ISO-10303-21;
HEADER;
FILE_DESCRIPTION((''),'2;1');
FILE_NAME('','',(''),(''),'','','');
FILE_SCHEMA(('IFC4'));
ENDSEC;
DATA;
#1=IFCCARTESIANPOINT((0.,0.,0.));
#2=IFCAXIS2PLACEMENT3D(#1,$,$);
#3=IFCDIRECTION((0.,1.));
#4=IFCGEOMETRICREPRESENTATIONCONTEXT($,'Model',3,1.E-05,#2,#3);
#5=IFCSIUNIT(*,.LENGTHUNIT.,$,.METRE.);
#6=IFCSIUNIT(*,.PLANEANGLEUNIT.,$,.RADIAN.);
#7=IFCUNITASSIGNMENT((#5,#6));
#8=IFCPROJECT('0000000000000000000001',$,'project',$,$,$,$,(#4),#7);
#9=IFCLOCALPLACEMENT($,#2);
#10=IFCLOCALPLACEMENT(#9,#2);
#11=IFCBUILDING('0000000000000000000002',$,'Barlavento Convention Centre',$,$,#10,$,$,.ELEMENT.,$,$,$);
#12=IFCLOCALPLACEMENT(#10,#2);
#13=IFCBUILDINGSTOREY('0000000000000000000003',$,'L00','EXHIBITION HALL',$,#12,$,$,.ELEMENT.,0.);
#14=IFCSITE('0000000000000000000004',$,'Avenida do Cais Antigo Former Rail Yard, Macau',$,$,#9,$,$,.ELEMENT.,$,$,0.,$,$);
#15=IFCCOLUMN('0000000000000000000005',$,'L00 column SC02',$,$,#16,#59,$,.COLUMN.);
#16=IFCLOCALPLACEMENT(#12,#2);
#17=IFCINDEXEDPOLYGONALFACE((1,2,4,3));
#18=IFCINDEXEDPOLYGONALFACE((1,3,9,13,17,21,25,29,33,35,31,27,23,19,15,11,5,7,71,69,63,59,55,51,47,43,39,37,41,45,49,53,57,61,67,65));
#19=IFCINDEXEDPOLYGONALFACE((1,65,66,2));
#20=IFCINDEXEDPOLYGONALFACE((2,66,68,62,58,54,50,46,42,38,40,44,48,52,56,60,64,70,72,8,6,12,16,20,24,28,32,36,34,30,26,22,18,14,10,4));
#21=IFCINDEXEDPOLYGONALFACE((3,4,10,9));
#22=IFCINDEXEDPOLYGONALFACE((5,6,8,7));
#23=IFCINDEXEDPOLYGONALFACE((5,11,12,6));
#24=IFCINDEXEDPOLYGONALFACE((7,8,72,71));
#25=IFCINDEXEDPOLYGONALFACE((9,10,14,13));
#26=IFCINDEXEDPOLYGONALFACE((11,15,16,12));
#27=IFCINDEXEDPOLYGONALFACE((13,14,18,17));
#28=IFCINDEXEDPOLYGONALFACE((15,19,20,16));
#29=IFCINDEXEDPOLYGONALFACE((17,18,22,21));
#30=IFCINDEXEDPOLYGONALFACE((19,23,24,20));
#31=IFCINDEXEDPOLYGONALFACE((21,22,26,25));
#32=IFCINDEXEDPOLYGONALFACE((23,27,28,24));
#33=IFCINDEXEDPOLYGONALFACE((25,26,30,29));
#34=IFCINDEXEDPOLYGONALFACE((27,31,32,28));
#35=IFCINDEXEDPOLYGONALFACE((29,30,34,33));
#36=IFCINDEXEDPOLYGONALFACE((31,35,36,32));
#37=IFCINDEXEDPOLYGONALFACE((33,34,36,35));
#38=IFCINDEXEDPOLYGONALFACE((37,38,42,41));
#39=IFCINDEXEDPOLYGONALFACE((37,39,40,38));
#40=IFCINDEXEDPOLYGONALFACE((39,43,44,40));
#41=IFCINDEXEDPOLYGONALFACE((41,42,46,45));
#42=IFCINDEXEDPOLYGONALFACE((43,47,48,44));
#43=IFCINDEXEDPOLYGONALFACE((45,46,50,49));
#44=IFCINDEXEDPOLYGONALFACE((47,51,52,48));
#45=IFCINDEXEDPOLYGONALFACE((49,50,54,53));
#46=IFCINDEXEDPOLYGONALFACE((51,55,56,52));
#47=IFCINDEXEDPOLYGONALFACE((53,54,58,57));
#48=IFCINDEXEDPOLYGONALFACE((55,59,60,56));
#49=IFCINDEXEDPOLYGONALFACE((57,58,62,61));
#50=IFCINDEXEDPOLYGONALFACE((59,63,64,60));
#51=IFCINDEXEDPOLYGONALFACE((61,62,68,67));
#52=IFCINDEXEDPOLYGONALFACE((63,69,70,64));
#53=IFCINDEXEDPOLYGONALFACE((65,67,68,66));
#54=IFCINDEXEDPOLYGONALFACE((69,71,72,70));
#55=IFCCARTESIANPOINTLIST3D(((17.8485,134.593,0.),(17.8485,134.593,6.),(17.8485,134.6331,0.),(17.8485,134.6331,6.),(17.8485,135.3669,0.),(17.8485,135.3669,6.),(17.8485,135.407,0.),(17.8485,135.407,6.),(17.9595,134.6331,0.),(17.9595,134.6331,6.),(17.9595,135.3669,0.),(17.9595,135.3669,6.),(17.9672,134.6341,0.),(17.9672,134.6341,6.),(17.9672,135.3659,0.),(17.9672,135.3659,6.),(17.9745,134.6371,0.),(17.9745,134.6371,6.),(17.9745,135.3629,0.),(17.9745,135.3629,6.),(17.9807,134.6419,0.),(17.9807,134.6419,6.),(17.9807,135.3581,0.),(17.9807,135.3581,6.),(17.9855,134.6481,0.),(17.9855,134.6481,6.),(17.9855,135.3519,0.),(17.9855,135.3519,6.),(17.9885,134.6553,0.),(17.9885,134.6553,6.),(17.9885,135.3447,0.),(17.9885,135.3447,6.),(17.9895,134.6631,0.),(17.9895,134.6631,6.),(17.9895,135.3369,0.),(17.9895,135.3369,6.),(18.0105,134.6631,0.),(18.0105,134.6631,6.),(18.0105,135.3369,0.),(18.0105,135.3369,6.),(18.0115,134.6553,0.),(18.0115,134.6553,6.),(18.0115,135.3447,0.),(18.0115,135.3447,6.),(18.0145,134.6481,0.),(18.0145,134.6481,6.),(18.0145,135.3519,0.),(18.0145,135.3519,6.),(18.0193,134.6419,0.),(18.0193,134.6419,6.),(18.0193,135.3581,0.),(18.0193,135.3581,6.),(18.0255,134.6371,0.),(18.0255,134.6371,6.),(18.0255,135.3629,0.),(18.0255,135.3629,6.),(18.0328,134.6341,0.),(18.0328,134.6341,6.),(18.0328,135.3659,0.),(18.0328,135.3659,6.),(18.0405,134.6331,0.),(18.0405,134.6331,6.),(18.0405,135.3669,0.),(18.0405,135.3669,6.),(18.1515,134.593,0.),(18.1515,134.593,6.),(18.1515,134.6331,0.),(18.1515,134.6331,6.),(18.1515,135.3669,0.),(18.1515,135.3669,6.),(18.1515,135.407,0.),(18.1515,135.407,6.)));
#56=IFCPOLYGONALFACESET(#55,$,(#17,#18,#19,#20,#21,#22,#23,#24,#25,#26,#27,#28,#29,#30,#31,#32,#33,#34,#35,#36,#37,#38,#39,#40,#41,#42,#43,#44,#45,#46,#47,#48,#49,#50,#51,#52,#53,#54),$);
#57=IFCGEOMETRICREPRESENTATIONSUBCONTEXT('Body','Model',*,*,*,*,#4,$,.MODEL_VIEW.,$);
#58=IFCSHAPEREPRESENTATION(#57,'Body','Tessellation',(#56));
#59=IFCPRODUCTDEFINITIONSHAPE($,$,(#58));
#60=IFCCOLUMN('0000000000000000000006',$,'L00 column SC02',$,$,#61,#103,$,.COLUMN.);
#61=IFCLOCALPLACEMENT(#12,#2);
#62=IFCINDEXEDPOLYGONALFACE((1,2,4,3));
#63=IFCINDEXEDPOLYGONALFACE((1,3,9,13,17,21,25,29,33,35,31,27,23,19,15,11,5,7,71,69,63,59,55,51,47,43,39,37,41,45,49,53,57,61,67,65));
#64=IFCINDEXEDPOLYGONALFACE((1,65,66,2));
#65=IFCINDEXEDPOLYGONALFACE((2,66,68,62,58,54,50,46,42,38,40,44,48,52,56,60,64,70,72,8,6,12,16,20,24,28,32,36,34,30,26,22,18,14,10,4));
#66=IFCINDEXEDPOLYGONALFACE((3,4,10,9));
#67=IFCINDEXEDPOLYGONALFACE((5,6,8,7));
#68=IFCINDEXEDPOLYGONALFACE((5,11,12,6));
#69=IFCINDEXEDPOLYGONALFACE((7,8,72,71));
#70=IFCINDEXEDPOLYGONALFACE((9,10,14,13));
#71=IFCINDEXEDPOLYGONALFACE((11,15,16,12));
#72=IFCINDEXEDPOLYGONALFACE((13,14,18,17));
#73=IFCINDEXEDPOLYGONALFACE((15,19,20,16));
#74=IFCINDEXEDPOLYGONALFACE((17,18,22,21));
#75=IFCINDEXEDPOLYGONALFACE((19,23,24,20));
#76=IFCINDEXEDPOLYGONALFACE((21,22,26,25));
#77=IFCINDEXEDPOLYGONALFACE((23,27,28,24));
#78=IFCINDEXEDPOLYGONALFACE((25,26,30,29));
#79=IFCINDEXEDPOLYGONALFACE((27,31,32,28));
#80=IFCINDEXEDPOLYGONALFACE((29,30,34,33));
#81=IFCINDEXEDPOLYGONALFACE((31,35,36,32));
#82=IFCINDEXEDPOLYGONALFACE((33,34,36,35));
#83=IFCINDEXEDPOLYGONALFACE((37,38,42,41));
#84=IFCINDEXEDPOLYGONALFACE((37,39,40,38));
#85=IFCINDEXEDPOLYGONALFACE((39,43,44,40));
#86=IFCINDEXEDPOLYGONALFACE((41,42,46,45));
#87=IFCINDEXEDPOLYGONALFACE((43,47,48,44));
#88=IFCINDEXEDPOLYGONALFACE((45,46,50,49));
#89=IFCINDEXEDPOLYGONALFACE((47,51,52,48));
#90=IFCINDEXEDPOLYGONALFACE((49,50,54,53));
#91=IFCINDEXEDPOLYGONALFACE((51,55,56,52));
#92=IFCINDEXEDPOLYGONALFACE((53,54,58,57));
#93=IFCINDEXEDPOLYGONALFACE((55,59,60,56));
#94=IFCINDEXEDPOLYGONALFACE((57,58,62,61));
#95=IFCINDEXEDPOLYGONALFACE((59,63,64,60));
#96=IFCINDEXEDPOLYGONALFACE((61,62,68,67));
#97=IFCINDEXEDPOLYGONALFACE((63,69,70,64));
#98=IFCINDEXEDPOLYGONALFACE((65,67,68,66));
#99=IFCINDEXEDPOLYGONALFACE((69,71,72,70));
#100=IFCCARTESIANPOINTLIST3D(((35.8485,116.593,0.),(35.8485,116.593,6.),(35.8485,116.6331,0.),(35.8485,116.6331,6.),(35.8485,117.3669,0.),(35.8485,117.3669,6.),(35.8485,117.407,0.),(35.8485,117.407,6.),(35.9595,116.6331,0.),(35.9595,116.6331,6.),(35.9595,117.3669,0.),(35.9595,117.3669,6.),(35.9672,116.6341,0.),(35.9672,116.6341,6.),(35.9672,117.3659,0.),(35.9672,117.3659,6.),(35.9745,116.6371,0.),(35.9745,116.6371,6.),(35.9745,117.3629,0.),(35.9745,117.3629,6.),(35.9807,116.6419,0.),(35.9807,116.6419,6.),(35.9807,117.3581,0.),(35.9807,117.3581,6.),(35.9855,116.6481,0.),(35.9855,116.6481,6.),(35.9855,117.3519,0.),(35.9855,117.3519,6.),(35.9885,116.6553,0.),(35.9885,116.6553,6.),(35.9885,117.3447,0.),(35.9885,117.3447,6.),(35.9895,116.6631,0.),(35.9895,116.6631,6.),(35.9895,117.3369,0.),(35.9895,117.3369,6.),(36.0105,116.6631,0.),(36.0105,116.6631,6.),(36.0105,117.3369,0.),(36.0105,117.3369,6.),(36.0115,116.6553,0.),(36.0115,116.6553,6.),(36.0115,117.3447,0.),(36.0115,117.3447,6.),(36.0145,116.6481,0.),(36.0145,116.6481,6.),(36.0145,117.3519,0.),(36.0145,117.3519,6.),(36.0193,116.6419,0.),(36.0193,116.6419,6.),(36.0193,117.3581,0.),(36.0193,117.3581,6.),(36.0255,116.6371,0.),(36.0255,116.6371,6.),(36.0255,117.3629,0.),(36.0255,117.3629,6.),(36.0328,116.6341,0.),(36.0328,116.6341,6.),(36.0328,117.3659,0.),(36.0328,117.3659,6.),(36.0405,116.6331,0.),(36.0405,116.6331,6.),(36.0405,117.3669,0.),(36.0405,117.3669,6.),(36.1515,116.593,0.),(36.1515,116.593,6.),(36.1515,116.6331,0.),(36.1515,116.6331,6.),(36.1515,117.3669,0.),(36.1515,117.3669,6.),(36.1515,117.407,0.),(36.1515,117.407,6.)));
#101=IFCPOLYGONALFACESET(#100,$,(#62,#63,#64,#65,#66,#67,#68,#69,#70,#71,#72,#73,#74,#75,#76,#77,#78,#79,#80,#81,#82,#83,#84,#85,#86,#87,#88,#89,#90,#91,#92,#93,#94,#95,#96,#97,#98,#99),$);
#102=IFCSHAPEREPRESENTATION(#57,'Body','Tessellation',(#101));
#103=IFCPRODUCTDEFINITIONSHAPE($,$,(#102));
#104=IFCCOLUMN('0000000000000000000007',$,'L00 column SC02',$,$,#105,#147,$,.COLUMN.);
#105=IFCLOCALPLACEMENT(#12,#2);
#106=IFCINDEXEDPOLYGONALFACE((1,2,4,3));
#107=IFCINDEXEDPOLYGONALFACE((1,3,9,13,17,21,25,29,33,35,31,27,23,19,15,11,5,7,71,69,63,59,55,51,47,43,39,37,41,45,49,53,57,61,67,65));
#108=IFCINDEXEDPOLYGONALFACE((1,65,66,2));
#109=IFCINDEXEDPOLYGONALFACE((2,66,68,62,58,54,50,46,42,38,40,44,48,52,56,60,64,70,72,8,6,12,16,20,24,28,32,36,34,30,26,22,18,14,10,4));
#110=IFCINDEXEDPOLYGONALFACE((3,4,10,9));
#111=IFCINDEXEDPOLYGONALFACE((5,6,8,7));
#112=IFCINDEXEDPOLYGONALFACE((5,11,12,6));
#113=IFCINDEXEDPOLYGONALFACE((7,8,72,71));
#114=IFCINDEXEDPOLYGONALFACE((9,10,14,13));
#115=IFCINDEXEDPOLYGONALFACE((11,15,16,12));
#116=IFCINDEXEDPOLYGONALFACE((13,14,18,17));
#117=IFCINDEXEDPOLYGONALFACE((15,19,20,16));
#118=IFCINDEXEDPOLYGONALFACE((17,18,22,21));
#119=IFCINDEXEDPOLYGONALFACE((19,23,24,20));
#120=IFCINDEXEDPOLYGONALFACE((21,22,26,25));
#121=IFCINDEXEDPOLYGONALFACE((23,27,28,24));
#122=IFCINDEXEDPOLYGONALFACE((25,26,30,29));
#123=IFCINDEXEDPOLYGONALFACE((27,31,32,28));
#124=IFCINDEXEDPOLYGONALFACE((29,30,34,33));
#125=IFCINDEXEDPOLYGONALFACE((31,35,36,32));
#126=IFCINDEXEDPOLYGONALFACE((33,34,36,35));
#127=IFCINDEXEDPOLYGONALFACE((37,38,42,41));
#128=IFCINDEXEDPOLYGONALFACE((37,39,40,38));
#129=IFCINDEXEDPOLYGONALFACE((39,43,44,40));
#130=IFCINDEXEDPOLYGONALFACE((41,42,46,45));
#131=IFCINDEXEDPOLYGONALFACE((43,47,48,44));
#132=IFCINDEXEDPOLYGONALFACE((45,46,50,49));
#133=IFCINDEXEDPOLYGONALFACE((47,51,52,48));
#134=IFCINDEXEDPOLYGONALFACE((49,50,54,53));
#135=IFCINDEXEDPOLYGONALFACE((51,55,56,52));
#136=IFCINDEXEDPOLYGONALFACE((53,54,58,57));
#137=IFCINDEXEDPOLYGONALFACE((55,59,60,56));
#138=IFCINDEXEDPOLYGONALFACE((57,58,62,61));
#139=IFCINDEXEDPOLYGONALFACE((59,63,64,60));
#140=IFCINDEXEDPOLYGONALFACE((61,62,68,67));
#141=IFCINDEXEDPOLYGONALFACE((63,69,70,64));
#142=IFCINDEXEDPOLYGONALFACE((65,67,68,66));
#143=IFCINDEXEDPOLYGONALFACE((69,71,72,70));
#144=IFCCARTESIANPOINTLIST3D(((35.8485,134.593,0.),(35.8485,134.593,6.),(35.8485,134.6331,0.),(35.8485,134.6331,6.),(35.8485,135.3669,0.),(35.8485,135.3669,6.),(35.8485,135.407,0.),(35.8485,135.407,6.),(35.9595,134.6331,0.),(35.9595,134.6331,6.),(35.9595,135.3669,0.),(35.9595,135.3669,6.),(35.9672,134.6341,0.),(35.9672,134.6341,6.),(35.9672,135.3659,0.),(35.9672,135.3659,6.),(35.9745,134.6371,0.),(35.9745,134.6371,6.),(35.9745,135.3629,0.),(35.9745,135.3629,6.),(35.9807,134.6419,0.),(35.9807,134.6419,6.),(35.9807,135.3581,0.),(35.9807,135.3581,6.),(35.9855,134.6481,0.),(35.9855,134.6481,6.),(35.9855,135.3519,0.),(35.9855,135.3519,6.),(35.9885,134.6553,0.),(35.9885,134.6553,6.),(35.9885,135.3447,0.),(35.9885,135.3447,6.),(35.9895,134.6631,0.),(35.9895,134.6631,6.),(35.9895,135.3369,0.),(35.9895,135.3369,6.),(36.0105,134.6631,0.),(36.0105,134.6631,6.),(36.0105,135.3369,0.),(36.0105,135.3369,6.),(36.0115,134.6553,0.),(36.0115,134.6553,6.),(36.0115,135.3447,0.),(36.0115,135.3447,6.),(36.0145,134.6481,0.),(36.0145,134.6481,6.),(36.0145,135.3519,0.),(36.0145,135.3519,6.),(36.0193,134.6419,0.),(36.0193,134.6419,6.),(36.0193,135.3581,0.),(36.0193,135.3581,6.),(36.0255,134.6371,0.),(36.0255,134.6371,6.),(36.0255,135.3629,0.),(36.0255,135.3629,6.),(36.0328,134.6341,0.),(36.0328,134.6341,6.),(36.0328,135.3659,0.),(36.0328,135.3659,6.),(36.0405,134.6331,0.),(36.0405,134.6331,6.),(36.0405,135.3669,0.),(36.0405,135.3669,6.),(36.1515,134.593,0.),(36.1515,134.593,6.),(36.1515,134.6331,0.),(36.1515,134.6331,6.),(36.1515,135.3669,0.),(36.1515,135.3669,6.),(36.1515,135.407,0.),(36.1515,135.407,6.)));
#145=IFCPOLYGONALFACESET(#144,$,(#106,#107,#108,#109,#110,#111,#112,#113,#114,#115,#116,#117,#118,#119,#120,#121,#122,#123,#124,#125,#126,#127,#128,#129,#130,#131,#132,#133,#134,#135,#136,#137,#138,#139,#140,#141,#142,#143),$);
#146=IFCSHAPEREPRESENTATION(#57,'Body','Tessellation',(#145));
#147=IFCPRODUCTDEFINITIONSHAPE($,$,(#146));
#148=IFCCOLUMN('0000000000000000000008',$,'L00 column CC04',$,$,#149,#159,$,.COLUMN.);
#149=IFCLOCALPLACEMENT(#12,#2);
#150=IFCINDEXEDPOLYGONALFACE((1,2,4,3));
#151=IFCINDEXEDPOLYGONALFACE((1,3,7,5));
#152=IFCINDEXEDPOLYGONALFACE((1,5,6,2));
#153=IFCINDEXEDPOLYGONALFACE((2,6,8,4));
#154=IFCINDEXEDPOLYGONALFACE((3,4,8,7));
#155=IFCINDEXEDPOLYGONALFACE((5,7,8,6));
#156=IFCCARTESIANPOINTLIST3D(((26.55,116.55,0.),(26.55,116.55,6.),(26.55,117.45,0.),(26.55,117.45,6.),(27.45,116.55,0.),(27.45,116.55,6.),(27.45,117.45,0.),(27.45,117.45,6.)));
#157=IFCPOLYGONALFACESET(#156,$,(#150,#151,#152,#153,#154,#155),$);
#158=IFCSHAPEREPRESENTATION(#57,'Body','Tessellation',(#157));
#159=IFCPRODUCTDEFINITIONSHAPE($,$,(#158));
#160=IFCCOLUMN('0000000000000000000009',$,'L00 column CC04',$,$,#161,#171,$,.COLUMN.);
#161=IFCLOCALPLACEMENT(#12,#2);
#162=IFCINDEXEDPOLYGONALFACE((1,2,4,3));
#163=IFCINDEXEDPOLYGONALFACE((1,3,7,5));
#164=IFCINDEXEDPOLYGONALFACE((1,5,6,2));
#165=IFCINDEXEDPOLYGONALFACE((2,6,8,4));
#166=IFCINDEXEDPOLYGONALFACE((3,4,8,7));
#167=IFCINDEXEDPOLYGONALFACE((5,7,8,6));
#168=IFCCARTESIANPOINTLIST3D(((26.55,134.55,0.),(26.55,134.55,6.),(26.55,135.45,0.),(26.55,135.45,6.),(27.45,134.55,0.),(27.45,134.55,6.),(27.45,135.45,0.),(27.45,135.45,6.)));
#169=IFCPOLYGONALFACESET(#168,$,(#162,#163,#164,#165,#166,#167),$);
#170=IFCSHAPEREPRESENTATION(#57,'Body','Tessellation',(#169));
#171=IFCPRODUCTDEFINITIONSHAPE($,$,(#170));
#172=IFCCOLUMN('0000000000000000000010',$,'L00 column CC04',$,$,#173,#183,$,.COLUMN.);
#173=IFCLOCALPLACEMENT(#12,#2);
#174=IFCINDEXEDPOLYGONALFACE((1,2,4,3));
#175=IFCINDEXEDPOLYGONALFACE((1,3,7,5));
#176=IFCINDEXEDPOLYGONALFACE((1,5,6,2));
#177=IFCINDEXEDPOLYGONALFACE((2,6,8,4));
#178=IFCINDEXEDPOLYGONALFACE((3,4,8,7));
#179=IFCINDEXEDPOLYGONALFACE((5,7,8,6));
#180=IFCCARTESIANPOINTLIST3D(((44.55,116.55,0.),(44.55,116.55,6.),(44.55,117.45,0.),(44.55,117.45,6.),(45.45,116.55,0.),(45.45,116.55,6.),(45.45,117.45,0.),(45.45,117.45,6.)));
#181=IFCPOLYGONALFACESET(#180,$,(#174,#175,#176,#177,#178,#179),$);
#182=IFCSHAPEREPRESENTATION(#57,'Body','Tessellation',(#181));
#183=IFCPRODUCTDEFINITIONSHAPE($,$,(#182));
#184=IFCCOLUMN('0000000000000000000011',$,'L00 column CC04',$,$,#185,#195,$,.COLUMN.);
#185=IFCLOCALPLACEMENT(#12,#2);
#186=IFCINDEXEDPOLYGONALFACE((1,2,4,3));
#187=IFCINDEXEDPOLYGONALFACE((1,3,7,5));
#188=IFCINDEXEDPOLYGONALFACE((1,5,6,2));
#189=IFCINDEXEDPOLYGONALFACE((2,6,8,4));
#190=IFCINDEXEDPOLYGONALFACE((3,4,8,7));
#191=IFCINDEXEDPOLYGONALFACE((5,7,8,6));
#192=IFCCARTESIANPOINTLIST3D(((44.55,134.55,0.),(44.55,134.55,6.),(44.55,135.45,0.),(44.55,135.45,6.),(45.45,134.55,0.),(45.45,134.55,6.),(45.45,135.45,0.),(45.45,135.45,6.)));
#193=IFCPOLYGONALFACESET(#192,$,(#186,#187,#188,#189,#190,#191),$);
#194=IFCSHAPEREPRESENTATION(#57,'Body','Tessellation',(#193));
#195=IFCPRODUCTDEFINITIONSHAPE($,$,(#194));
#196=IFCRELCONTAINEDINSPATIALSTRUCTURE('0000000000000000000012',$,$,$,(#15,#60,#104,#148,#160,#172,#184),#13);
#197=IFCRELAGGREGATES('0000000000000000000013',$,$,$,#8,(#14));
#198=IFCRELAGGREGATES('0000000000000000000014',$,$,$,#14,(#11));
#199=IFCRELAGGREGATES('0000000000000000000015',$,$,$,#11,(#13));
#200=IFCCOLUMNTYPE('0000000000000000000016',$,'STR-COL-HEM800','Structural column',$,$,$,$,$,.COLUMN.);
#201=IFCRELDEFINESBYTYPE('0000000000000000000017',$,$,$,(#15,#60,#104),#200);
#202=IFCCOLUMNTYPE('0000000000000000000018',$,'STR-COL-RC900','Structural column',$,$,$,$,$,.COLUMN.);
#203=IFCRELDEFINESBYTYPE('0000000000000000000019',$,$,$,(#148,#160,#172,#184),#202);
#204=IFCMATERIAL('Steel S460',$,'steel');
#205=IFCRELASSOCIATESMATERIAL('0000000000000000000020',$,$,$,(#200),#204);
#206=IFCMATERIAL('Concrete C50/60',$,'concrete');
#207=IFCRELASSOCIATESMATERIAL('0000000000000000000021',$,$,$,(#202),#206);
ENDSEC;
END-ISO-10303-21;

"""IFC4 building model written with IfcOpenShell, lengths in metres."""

from ifc_helpers import new_model, si_unit, direction, frame, origin, origin_2d, place, context, subcontext, project, spatial, rectangle, i_section, extrude, material, material_profile, profile_set, type_object, element, save


model = new_model("IFC4")

# Units and contexts
model_context = context("Model", 3, precision=1e-05, world=origin(), true_north=direction((0.0, 1.0)))
body_context = subcontext(model_context, "Body", "Model", "MODEL_VIEW")
ifc_project = project(units=[si_unit("LENGTHUNIT", "METRE"), si_unit("PLANEANGLEUNIT", "RADIAN")], contexts=[model_context])

# Site, building, storey
site_placement = place(None, origin())
site = spatial("IfcSite", under=ifc_project, at=site_placement, Name="Avenida do Cais Antigo Former Rail Yard, Macau", CompositionType="ELEMENT", RefElevation=0.0)
building_placement = place(site_placement, origin())
building = spatial("IfcBuilding", under=site, at=building_placement, Name="Barlavento Convention Centre", CompositionType="ELEMENT")
storey_placement = place(building_placement, origin())
storey = spatial("IfcBuildingStorey", under=building, at=storey_placement, Name="L00", Description="EXHIBITION HALL", CompositionType="ELEMENT", Elevation=0.0)

# Columns
ifc_material_1 = material(Name="Steel S460", Category="steel")
ifc_material_profile_1 = material_profile(ifc_material_1, i_section(OverallWidth=0.303, OverallDepth=0.814, WebThickness=0.021, FlangeThickness=0.04, FilletRadius=0.03, at=origin_2d()), Name="HEM 800")
ifc_profile_set_1 = profile_set([ifc_material_profile_1], Name="Steel S460")
column_type_1 = type_object("IfcColumnType", Name="STR-COL-HEM800", Description="Structural column", PredefinedType="COLUMN", material=ifc_profile_set_1)
for number, where, z_axis, x_axis, name in (
    (1, (18.0, 135.0, 0.0), (0.0, 0.0, 1.0), (1.0, 0.0, 0.0), "L00 column SC02"),
    (2, (36.0, 117.0, 0.0), (0.0, 0.0, 1.0), (1.0, 0.0, 0.0), "L00 column SC02"),
    (3, (36.0, 135.0, 0.0), (0.0, 0.0, 1.0), (1.0, 0.0, 0.0), "L00 column SC02"),
):
    element("IfcColumn", number, at=place(storey_placement, frame(where, z_axis=z_axis, x_axis=x_axis)), inside=storey, type_object=column_type_1, Name=name, PredefinedType="COLUMN", context=body_context, shape_type="SweptSolid", body=[
        extrude(i_section(OverallWidth=0.303, OverallDepth=0.814, WebThickness=0.021, FlangeThickness=0.04, FilletRadius=0.03, at=origin_2d()), origin(), (0.0, 0.0, 1.0), 6.0),
    ])
ifc_material_2 = material(Name="Concrete C50/60", Category="concrete")
ifc_material_profile_2 = material_profile(ifc_material_2, rectangle(XDim=0.8999, YDim=0.8999, at=origin_2d()), Name="RC 900x900")
ifc_profile_set_2 = profile_set([ifc_material_profile_2], Name="Concrete C50/60")
column_type_2 = type_object("IfcColumnType", Name="STR-COL-RC900", Description="Structural column", PredefinedType="COLUMN", material=ifc_profile_set_2)
for number, where, z_axis, x_axis, name in (
    (4, (27.0, 117.0, 0.0), (0.0, 0.0, 1.0), (1.0, 0.0, 0.0), "L00 column CC04"),
    (5, (27.0, 135.0, 0.0), (0.0, 0.0, 1.0), (1.0, 0.0, 0.0), "L00 column CC04"),
    (6, (45.0, 117.0, 0.0), (0.0, 0.0, 1.0), (1.0, 0.0, 0.0), "L00 column CC04"),
    (7, (45.0, 135.0, 0.0), (0.0, 0.0, 1.0), (1.0, 0.0, 0.0), "L00 column CC04"),
):
    element("IfcColumn", number, at=place(storey_placement, frame(where, z_axis=z_axis, x_axis=x_axis)), inside=storey, type_object=column_type_2, Name=name, PredefinedType="COLUMN", context=body_context, shape_type="SweptSolid", body=[
        extrude(rectangle(XDim=0.8999, YDim=0.8999, at=origin_2d()), origin(), (0.0, 0.0, 1.0), 6.0),
    ])

save(model, "model.ifc")
